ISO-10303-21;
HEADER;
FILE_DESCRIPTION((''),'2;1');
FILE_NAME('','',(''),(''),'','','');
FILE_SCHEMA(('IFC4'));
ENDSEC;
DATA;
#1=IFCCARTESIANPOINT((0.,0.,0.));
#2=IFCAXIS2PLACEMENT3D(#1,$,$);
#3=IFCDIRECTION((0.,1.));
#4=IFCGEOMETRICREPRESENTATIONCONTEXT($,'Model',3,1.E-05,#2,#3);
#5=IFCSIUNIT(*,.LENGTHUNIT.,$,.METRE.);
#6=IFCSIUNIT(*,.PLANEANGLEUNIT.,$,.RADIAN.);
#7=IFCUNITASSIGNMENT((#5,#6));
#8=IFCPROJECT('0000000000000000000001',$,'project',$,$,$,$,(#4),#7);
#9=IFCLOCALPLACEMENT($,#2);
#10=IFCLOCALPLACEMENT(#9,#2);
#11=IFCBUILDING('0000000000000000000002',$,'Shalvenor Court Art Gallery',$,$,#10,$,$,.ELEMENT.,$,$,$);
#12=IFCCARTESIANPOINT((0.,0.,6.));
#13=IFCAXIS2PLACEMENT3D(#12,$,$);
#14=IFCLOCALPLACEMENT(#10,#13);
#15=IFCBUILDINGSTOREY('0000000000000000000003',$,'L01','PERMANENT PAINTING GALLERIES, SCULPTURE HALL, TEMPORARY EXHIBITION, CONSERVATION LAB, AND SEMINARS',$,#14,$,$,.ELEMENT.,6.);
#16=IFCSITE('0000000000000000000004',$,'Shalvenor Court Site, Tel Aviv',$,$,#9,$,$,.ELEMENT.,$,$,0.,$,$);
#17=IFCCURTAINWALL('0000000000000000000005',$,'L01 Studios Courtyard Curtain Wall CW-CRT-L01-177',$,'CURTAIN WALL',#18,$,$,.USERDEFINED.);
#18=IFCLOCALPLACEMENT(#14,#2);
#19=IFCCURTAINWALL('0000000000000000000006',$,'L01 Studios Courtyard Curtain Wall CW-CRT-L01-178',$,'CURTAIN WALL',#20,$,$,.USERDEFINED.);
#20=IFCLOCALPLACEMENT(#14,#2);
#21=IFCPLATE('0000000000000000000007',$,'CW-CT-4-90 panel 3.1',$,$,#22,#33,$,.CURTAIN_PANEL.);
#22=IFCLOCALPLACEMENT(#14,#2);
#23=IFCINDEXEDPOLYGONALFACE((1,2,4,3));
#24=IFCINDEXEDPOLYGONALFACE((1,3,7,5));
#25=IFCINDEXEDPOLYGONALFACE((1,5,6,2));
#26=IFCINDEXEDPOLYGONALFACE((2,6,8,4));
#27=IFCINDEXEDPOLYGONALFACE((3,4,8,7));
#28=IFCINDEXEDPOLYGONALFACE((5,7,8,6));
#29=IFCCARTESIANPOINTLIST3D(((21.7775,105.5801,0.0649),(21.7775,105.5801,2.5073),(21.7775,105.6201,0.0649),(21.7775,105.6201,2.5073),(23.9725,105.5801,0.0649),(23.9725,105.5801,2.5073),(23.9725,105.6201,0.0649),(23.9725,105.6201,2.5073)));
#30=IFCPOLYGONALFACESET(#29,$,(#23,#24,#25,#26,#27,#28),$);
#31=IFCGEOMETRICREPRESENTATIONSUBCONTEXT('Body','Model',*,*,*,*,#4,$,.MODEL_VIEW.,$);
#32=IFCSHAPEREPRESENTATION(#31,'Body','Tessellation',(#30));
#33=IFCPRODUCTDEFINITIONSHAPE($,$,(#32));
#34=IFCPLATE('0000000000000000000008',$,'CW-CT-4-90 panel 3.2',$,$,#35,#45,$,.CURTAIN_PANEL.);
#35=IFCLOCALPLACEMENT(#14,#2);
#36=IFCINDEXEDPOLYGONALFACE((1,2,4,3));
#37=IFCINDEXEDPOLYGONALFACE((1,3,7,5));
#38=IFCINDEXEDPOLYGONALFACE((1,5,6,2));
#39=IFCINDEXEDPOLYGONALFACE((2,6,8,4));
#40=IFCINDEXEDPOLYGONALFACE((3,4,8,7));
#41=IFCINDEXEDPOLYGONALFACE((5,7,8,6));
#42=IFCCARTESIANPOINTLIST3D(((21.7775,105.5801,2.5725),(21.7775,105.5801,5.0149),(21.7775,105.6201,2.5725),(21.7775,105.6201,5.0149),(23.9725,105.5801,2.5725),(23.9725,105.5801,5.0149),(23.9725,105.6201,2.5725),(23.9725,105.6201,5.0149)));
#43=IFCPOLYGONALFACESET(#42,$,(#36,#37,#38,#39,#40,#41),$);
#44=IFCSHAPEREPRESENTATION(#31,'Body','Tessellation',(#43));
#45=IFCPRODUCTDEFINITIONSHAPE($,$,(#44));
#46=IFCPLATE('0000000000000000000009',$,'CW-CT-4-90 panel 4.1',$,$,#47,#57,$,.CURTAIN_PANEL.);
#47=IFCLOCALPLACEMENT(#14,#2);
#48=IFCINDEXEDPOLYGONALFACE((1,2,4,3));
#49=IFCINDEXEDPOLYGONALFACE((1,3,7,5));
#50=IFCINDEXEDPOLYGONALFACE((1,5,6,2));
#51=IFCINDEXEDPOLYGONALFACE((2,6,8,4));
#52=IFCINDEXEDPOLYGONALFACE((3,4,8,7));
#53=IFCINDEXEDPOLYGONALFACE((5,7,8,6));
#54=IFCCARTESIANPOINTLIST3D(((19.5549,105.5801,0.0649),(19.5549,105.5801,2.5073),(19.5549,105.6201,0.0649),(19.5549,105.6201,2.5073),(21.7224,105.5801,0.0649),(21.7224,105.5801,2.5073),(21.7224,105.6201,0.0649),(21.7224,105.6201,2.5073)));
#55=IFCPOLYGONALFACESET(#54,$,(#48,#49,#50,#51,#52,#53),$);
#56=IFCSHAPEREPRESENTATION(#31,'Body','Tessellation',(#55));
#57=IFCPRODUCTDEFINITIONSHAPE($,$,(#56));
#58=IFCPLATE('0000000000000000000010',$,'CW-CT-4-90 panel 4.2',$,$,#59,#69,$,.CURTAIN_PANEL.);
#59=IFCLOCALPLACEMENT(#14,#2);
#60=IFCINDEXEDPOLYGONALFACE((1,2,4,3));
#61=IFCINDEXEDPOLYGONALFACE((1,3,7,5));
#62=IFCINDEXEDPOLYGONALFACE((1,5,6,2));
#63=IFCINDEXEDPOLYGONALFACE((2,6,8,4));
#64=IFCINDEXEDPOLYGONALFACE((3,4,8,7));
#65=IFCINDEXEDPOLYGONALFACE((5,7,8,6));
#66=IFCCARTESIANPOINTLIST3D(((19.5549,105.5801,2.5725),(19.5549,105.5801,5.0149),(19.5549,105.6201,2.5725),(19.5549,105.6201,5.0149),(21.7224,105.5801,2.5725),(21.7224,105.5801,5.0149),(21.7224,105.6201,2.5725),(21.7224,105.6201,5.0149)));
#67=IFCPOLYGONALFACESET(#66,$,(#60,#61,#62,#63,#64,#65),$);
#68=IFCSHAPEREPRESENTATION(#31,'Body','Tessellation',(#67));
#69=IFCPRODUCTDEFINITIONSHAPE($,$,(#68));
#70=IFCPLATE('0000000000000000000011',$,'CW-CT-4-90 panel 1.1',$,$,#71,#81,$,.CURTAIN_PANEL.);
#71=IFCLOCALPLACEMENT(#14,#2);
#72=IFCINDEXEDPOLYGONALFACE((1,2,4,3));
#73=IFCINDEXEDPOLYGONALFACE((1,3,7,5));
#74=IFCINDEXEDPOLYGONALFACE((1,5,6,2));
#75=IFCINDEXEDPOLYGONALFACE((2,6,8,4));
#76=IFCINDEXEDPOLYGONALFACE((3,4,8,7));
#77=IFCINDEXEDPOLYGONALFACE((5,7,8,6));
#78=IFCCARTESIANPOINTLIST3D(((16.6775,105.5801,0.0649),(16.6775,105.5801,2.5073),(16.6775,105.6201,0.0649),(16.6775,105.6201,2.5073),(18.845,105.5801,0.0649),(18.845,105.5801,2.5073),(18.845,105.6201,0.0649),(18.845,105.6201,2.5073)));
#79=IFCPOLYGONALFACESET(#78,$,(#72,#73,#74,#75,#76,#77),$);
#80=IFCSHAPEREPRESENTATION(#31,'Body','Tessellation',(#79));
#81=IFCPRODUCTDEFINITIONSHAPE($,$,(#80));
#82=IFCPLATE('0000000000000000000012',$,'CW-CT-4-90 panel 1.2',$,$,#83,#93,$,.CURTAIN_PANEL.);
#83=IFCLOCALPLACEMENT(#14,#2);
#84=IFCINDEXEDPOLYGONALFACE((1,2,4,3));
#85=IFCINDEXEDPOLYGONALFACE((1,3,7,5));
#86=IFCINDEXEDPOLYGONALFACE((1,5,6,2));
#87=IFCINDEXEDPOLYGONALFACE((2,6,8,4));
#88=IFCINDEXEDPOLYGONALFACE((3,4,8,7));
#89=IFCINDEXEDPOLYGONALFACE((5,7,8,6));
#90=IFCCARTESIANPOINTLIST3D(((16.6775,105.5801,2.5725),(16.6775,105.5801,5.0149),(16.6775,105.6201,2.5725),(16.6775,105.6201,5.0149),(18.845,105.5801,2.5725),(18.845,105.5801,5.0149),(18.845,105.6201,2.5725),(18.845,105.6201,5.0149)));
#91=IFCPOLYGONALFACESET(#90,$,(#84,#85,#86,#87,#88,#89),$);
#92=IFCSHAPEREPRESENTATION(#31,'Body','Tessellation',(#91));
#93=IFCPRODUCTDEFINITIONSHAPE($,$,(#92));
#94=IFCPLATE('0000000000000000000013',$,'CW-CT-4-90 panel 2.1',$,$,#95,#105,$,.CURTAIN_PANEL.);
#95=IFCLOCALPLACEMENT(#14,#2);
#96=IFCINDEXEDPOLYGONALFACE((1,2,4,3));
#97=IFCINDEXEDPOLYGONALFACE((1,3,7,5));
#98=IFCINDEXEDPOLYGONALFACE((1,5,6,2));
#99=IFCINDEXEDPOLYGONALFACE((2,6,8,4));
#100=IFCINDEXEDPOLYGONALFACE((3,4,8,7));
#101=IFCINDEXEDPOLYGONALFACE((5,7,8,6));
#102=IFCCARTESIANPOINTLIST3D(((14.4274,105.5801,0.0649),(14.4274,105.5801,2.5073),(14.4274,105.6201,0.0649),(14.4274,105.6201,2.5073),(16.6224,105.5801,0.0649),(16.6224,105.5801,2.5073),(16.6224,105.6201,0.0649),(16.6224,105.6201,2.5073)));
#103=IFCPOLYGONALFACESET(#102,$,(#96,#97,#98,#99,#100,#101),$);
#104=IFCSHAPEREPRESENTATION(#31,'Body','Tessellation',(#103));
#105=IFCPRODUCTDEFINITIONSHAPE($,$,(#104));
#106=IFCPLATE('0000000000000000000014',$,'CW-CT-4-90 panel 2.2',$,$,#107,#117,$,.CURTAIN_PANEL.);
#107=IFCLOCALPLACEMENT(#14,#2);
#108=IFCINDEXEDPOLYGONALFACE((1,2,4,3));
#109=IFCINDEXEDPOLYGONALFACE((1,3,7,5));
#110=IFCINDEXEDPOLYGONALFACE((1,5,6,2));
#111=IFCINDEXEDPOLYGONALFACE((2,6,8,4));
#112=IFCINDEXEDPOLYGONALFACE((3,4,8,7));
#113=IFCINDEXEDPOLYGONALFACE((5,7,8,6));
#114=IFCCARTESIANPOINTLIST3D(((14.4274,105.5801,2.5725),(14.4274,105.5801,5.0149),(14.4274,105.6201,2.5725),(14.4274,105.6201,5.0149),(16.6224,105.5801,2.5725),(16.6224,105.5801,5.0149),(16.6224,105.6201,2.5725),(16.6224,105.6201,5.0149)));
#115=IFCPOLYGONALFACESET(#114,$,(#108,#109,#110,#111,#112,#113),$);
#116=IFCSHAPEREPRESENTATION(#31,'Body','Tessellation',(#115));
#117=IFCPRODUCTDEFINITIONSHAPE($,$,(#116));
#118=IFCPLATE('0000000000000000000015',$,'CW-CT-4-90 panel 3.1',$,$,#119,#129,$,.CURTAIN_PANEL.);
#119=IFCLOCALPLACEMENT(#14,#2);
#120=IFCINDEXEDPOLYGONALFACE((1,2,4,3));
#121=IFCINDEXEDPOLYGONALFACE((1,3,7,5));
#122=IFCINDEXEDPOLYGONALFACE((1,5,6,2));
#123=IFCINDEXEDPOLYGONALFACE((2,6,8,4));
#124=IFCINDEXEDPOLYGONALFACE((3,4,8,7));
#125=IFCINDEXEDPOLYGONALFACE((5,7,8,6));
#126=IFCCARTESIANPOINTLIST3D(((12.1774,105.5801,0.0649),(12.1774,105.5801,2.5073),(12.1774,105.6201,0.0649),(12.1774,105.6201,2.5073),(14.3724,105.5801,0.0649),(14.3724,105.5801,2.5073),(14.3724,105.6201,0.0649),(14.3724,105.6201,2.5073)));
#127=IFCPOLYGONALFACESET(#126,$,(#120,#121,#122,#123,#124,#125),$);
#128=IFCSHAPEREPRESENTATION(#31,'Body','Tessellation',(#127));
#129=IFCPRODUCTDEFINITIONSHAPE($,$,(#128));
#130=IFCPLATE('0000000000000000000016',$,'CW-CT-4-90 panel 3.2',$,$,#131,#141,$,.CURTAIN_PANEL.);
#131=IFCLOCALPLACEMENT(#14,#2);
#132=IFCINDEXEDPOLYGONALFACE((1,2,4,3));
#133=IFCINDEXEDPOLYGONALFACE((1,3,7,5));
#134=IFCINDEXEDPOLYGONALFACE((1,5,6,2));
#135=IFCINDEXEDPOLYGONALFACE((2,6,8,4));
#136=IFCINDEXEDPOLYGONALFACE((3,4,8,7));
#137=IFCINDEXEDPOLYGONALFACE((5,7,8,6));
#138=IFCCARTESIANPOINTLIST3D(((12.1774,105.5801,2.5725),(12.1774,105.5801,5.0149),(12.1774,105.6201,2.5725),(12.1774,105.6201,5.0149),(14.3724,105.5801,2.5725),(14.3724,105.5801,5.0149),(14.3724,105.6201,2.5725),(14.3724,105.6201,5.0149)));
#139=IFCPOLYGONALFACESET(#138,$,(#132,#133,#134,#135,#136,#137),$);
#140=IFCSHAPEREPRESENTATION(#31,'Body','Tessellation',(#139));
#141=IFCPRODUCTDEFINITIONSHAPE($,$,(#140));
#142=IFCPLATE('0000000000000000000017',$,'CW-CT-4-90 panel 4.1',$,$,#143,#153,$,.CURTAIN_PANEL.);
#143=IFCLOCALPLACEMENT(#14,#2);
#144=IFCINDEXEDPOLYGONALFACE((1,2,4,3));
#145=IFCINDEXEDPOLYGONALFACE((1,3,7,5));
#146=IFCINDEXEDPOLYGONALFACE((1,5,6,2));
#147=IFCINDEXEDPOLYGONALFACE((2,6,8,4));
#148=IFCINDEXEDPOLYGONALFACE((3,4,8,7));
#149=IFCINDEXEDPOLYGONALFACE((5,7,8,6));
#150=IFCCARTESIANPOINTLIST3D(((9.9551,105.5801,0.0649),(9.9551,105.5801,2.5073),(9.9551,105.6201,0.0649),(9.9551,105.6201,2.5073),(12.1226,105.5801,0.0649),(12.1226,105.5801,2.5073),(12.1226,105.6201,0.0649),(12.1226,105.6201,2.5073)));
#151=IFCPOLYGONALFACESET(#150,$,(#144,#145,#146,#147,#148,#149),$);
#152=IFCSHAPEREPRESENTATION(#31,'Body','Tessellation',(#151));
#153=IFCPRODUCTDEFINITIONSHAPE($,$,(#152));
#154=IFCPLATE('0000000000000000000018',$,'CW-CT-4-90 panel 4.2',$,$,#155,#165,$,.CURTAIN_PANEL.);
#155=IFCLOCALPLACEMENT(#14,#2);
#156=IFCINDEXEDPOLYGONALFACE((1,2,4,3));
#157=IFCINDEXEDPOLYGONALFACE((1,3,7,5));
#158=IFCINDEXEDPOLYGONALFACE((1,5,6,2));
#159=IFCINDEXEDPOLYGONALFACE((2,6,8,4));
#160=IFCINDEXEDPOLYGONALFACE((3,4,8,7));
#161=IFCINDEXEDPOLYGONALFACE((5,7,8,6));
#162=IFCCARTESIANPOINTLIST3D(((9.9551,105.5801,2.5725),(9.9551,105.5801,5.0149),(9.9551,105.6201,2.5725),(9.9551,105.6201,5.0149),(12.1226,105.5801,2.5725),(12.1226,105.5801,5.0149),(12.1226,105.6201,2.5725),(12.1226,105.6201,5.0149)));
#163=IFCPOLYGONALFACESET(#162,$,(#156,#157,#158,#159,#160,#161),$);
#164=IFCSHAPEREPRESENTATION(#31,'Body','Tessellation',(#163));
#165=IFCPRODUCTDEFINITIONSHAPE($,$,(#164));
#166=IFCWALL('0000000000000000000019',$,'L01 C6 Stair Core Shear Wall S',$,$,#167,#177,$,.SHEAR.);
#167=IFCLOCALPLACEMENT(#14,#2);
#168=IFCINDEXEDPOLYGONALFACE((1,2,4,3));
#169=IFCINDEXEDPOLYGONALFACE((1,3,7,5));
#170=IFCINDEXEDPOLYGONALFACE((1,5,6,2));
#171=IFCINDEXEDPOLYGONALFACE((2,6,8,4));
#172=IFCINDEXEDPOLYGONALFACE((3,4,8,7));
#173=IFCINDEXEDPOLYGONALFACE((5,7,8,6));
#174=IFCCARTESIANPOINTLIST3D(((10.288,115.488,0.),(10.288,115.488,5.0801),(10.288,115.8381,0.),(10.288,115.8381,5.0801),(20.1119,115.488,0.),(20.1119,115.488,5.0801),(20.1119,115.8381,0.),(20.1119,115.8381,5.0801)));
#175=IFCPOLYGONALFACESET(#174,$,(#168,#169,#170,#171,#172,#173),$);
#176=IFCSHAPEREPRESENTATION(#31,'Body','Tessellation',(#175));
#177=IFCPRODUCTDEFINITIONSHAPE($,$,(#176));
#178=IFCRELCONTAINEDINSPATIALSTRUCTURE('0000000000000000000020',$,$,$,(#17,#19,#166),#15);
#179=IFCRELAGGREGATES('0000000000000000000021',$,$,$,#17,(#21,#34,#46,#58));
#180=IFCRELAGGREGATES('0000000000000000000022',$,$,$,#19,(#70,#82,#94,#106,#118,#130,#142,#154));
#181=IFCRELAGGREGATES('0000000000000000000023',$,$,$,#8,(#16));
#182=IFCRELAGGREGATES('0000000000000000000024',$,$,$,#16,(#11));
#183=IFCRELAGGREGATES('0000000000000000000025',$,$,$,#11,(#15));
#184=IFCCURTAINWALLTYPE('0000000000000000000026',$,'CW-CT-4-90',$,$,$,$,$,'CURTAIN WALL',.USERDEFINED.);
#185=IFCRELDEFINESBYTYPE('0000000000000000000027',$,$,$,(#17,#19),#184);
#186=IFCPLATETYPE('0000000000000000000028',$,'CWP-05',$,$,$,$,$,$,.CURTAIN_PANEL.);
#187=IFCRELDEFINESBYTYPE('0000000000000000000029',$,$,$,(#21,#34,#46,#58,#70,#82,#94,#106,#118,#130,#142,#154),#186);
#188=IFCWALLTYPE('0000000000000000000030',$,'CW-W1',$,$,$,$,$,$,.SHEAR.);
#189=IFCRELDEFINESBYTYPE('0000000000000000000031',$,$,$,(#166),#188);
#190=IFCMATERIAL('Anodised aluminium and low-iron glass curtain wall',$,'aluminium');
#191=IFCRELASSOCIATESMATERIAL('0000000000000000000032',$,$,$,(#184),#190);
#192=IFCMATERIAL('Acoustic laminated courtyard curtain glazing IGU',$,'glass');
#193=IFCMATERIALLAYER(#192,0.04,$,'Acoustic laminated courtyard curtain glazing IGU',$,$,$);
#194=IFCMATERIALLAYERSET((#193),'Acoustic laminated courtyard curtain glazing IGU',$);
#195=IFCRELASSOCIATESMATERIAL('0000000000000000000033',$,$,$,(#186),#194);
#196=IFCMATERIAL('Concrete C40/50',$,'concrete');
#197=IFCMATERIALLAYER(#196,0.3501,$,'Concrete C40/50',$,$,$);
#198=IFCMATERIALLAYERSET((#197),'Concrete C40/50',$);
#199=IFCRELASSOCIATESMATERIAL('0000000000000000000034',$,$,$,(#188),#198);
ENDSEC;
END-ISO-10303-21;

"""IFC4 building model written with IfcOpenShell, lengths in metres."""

from ifc_helpers import new_model, si_unit, direction, frame, frame_2d, origin, origin_2d, place, context, subcontext, project, spatial, rectangle, extrude, material, layer, layer_set, type_object, element, aggregate, save


model = new_model("IFC4")

# Units and contexts
model_context = context("Model", 3, precision=1e-05, world=origin(), true_north=direction((0.0, 1.0)))
body_context = subcontext(model_context, "Body", "Model", "MODEL_VIEW")
ifc_project = project(units=[si_unit("LENGTHUNIT", "METRE"), si_unit("PLANEANGLEUNIT", "RADIAN")], contexts=[model_context])

# Site, building, storey
site_placement = place(None, origin())
site = spatial("IfcSite", under=ifc_project, at=site_placement, Name="Shalvenor Court Site, Tel Aviv", CompositionType="ELEMENT", RefElevation=0.0)
building_placement = place(site_placement, origin())
building = spatial("IfcBuilding", under=site, at=building_placement, Name="Shalvenor Court Art Gallery", CompositionType="ELEMENT")
storey_placement = place(building_placement, frame((0.0, 0.0, 6.0)))
storey = spatial("IfcBuildingStorey", under=building, at=storey_placement, Name="L01", Description="PERMANENT PAINTING GALLERIES, SCULPTURE HALL, TEMPORARY EXHIBITION, CONSERVATION LAB, AND SEMINARS", CompositionType="ELEMENT", Elevation=6.0)

# Curtain walls
ifc_material_1 = material(Name="Anodised aluminium and low-iron glass curtain wall", Category="aluminium")
curtain_wall_type = type_object("IfcCurtainWallType", Name="CW-CT-4-90", ElementType="CURTAIN WALL", PredefinedType="USERDEFINED", material=ifc_material_1)
curtain_wall_1_placement = place(storey_placement, origin())
curtain_wall_1 = element("IfcCurtainWall", 1, at=curtain_wall_1_placement, inside=storey, type_object=curtain_wall_type, Name="L01 Studios Courtyard Curtain Wall CW-CRT-L01-177", ObjectType="CURTAIN WALL", PredefinedType="USERDEFINED")
curtain_wall_2_placement = place(storey_placement, origin())
curtain_wall_2 = element("IfcCurtainWall", 2, at=curtain_wall_2_placement, inside=storey, type_object=curtain_wall_type, Name="L01 Studios Courtyard Curtain Wall CW-CRT-L01-178", ObjectType="CURTAIN WALL", PredefinedType="USERDEFINED")

# Plates
ifc_material_2 = material(Name="Acoustic laminated courtyard curtain glazing IGU", Category="glass")
ifc_layer_1 = layer(ifc_material_2, 0.04, Name="Acoustic laminated courtyard curtain glazing IGU")
ifc_layer_set_1 = layer_set([ifc_layer_1], Name="Acoustic laminated courtyard curtain glazing IGU")
plate_type = type_object("IfcPlateType", Name="CWP-05", PredefinedType="CURTAIN_PANEL", material=ifc_layer_set_1)
plate_1_placement = place(storey_placement, frame((22.875, 105.6001, 0.0649), z_axis=(0.0, 0.0, 1.0), x_axis=(-1.0, 0.0, 0.0)))
plate_1 = element("IfcPlate", 3, at=plate_1_placement, type_object=plate_type, Name="CW-CT-4-90 panel 3.1", PredefinedType="CURTAIN_PANEL", context=body_context, shape_type="SweptSolid", body=[
    extrude(rectangle(XDim=2.1951, YDim=0.04, at=origin_2d()), origin(), (0.0, 0.0, 1.0), 2.4424),
])
plate_2_placement = place(storey_placement, frame((22.875, 105.6001, 2.5725), z_axis=(0.0, 0.0, 1.0), x_axis=(-1.0, 0.0, 0.0)))
plate_2 = element("IfcPlate", 4, at=plate_2_placement, type_object=plate_type, Name="CW-CT-4-90 panel 3.2", PredefinedType="CURTAIN_PANEL", context=body_context, shape_type="SweptSolid", body=[
    extrude(rectangle(XDim=2.1951, YDim=0.04, at=origin_2d()), origin(), (0.0, 0.0, 1.0), 2.4424),
])
plate_3_placement = place(storey_placement, frame((20.6387, 105.6001, 0.0649), z_axis=(0.0, 0.0, 1.0), x_axis=(-1.0, 0.0, 0.0)))
plate_3 = element("IfcPlate", 5, at=plate_3_placement, type_object=plate_type, Name="CW-CT-4-90 panel 4.1", PredefinedType="CURTAIN_PANEL", context=body_context, shape_type="SweptSolid", body=[
    extrude(rectangle(XDim=2.1675, YDim=0.04, at=origin_2d()), origin(), (0.0, 0.0, 1.0), 2.4424),
])
plate_4_placement = place(storey_placement, frame((20.6387, 105.6001, 2.5725), z_axis=(0.0, 0.0, 1.0), x_axis=(-1.0, 0.0, 0.0)))
plate_4 = element("IfcPlate", 6, at=plate_4_placement, type_object=plate_type, Name="CW-CT-4-90 panel 4.2", PredefinedType="CURTAIN_PANEL", context=body_context, shape_type="SweptSolid", body=[
    extrude(rectangle(XDim=2.1675, YDim=0.04, at=origin_2d()), origin(), (0.0, 0.0, 1.0), 2.4424),
])
aggregate(curtain_wall_1, [plate_1, plate_2, plate_3, plate_4])
plate_5_placement = place(storey_placement, frame((17.7612, 105.6001, 0.0649), z_axis=(0.0, 0.0, 1.0), x_axis=(-1.0, 0.0, 0.0)))
plate_5 = element("IfcPlate", 7, at=plate_5_placement, type_object=plate_type, Name="CW-CT-4-90 panel 1.1", PredefinedType="CURTAIN_PANEL", context=body_context, shape_type="SweptSolid", body=[
    extrude(rectangle(XDim=2.1675, YDim=0.04, at=origin_2d()), origin(), (0.0, 0.0, 1.0), 2.4424),
])
plate_6_placement = place(storey_placement, frame((17.7612, 105.6001, 2.5725), z_axis=(0.0, 0.0, 1.0), x_axis=(-1.0, 0.0, 0.0)))
plate_6 = element("IfcPlate", 8, at=plate_6_placement, type_object=plate_type, Name="CW-CT-4-90 panel 1.2", PredefinedType="CURTAIN_PANEL", context=body_context, shape_type="SweptSolid", body=[
    extrude(rectangle(XDim=2.1675, YDim=0.04, at=origin_2d()), origin(), (0.0, 0.0, 1.0), 2.4424),
])
plate_7_placement = place(storey_placement, frame((15.5249, 105.6001, 0.0649), z_axis=(0.0, 0.0, 1.0), x_axis=(-1.0, 0.0, 0.0)))
plate_7 = element("IfcPlate", 9, at=plate_7_placement, type_object=plate_type, Name="CW-CT-4-90 panel 2.1", PredefinedType="CURTAIN_PANEL", context=body_context, shape_type="SweptSolid", body=[
    extrude(rectangle(XDim=2.1951, YDim=0.04, at=origin_2d()), origin(), (0.0, 0.0, 1.0), 2.4424),
])
plate_8_placement = place(storey_placement, frame((15.5249, 105.6001, 2.5725), z_axis=(0.0, 0.0, 1.0), x_axis=(-1.0, 0.0, 0.0)))
plate_8 = element("IfcPlate", 10, at=plate_8_placement, type_object=plate_type, Name="CW-CT-4-90 panel 2.2", PredefinedType="CURTAIN_PANEL", context=body_context, shape_type="SweptSolid", body=[
    extrude(rectangle(XDim=2.1951, YDim=0.04, at=origin_2d()), origin(), (0.0, 0.0, 1.0), 2.4424),
])
plate_9_placement = place(storey_placement, frame((13.2749, 105.6001, 0.0649), z_axis=(0.0, 0.0, 1.0), x_axis=(-1.0, 0.0, 0.0)))
plate_9 = element("IfcPlate", 11, at=plate_9_placement, type_object=plate_type, Name="CW-CT-4-90 panel 3.1", PredefinedType="CURTAIN_PANEL", context=body_context, shape_type="SweptSolid", body=[
    extrude(rectangle(XDim=2.1951, YDim=0.04, at=origin_2d()), origin(), (0.0, 0.0, 1.0), 2.4424),
])
plate_10_placement = place(storey_placement, frame((13.2749, 105.6001, 2.5725), z_axis=(0.0, 0.0, 1.0), x_axis=(-1.0, 0.0, 0.0)))
plate_10 = element("IfcPlate", 12, at=plate_10_placement, type_object=plate_type, Name="CW-CT-4-90 panel 3.2", PredefinedType="CURTAIN_PANEL", context=body_context, shape_type="SweptSolid", body=[
    extrude(rectangle(XDim=2.1951, YDim=0.04, at=origin_2d()), origin(), (0.0, 0.0, 1.0), 2.4424),
])
plate_11_placement = place(storey_placement, frame((11.0388, 105.6001, 0.0649), z_axis=(0.0, 0.0, 1.0), x_axis=(-1.0, 0.0, 0.0)))
plate_11 = element("IfcPlate", 13, at=plate_11_placement, type_object=plate_type, Name="CW-CT-4-90 panel 4.1", PredefinedType="CURTAIN_PANEL", context=body_context, shape_type="SweptSolid", body=[
    extrude(rectangle(XDim=2.1675, YDim=0.04, at=origin_2d()), origin(), (0.0, 0.0, 1.0), 2.4424),
])
plate_12_placement = place(storey_placement, frame((11.0388, 105.6001, 2.5725), z_axis=(0.0, 0.0, 1.0), x_axis=(-1.0, 0.0, 0.0)))
plate_12 = element("IfcPlate", 14, at=plate_12_placement, type_object=plate_type, Name="CW-CT-4-90 panel 4.2", PredefinedType="CURTAIN_PANEL", context=body_context, shape_type="SweptSolid", body=[
    extrude(rectangle(XDim=2.1675, YDim=0.04, at=origin_2d()), origin(), (0.0, 0.0, 1.0), 2.4424),
])
aggregate(curtain_wall_2, [plate_5, plate_6, plate_7, plate_8, plate_9, plate_10, plate_11, plate_12])

# Wall
ifc_material_3 = material(Name="Concrete C40/50", Category="concrete")
ifc_layer_2 = layer(ifc_material_3, 0.3501, Name="Concrete C40/50")
ifc_layer_set_2 = layer_set([ifc_layer_2], Name="Concrete C40/50")
wall_type = type_object("IfcWallType", Name="CW-W1", PredefinedType="SHEAR", material=ifc_layer_set_2)
wall_1_placement = place(storey_placement, frame((20.1121, 115.6631, 0.0), z_axis=(0.0, 0.0, 1.0), x_axis=(-1.0, 0.0, 0.0)))
element("IfcWall", 15, at=wall_1_placement, inside=storey, type_object=wall_type, Name="L01 C6 Stair Core Shear Wall S", PredefinedType="SHEAR", context=body_context, shape_type="SweptSolid", body=[
    extrude(rectangle(XDim=9.824, YDim=0.3501, at=frame_2d((4.9121, 0.0))), origin(), (0.0, 0.0, 1.0), 5.0801),
])

save(model, "model.ifc")
